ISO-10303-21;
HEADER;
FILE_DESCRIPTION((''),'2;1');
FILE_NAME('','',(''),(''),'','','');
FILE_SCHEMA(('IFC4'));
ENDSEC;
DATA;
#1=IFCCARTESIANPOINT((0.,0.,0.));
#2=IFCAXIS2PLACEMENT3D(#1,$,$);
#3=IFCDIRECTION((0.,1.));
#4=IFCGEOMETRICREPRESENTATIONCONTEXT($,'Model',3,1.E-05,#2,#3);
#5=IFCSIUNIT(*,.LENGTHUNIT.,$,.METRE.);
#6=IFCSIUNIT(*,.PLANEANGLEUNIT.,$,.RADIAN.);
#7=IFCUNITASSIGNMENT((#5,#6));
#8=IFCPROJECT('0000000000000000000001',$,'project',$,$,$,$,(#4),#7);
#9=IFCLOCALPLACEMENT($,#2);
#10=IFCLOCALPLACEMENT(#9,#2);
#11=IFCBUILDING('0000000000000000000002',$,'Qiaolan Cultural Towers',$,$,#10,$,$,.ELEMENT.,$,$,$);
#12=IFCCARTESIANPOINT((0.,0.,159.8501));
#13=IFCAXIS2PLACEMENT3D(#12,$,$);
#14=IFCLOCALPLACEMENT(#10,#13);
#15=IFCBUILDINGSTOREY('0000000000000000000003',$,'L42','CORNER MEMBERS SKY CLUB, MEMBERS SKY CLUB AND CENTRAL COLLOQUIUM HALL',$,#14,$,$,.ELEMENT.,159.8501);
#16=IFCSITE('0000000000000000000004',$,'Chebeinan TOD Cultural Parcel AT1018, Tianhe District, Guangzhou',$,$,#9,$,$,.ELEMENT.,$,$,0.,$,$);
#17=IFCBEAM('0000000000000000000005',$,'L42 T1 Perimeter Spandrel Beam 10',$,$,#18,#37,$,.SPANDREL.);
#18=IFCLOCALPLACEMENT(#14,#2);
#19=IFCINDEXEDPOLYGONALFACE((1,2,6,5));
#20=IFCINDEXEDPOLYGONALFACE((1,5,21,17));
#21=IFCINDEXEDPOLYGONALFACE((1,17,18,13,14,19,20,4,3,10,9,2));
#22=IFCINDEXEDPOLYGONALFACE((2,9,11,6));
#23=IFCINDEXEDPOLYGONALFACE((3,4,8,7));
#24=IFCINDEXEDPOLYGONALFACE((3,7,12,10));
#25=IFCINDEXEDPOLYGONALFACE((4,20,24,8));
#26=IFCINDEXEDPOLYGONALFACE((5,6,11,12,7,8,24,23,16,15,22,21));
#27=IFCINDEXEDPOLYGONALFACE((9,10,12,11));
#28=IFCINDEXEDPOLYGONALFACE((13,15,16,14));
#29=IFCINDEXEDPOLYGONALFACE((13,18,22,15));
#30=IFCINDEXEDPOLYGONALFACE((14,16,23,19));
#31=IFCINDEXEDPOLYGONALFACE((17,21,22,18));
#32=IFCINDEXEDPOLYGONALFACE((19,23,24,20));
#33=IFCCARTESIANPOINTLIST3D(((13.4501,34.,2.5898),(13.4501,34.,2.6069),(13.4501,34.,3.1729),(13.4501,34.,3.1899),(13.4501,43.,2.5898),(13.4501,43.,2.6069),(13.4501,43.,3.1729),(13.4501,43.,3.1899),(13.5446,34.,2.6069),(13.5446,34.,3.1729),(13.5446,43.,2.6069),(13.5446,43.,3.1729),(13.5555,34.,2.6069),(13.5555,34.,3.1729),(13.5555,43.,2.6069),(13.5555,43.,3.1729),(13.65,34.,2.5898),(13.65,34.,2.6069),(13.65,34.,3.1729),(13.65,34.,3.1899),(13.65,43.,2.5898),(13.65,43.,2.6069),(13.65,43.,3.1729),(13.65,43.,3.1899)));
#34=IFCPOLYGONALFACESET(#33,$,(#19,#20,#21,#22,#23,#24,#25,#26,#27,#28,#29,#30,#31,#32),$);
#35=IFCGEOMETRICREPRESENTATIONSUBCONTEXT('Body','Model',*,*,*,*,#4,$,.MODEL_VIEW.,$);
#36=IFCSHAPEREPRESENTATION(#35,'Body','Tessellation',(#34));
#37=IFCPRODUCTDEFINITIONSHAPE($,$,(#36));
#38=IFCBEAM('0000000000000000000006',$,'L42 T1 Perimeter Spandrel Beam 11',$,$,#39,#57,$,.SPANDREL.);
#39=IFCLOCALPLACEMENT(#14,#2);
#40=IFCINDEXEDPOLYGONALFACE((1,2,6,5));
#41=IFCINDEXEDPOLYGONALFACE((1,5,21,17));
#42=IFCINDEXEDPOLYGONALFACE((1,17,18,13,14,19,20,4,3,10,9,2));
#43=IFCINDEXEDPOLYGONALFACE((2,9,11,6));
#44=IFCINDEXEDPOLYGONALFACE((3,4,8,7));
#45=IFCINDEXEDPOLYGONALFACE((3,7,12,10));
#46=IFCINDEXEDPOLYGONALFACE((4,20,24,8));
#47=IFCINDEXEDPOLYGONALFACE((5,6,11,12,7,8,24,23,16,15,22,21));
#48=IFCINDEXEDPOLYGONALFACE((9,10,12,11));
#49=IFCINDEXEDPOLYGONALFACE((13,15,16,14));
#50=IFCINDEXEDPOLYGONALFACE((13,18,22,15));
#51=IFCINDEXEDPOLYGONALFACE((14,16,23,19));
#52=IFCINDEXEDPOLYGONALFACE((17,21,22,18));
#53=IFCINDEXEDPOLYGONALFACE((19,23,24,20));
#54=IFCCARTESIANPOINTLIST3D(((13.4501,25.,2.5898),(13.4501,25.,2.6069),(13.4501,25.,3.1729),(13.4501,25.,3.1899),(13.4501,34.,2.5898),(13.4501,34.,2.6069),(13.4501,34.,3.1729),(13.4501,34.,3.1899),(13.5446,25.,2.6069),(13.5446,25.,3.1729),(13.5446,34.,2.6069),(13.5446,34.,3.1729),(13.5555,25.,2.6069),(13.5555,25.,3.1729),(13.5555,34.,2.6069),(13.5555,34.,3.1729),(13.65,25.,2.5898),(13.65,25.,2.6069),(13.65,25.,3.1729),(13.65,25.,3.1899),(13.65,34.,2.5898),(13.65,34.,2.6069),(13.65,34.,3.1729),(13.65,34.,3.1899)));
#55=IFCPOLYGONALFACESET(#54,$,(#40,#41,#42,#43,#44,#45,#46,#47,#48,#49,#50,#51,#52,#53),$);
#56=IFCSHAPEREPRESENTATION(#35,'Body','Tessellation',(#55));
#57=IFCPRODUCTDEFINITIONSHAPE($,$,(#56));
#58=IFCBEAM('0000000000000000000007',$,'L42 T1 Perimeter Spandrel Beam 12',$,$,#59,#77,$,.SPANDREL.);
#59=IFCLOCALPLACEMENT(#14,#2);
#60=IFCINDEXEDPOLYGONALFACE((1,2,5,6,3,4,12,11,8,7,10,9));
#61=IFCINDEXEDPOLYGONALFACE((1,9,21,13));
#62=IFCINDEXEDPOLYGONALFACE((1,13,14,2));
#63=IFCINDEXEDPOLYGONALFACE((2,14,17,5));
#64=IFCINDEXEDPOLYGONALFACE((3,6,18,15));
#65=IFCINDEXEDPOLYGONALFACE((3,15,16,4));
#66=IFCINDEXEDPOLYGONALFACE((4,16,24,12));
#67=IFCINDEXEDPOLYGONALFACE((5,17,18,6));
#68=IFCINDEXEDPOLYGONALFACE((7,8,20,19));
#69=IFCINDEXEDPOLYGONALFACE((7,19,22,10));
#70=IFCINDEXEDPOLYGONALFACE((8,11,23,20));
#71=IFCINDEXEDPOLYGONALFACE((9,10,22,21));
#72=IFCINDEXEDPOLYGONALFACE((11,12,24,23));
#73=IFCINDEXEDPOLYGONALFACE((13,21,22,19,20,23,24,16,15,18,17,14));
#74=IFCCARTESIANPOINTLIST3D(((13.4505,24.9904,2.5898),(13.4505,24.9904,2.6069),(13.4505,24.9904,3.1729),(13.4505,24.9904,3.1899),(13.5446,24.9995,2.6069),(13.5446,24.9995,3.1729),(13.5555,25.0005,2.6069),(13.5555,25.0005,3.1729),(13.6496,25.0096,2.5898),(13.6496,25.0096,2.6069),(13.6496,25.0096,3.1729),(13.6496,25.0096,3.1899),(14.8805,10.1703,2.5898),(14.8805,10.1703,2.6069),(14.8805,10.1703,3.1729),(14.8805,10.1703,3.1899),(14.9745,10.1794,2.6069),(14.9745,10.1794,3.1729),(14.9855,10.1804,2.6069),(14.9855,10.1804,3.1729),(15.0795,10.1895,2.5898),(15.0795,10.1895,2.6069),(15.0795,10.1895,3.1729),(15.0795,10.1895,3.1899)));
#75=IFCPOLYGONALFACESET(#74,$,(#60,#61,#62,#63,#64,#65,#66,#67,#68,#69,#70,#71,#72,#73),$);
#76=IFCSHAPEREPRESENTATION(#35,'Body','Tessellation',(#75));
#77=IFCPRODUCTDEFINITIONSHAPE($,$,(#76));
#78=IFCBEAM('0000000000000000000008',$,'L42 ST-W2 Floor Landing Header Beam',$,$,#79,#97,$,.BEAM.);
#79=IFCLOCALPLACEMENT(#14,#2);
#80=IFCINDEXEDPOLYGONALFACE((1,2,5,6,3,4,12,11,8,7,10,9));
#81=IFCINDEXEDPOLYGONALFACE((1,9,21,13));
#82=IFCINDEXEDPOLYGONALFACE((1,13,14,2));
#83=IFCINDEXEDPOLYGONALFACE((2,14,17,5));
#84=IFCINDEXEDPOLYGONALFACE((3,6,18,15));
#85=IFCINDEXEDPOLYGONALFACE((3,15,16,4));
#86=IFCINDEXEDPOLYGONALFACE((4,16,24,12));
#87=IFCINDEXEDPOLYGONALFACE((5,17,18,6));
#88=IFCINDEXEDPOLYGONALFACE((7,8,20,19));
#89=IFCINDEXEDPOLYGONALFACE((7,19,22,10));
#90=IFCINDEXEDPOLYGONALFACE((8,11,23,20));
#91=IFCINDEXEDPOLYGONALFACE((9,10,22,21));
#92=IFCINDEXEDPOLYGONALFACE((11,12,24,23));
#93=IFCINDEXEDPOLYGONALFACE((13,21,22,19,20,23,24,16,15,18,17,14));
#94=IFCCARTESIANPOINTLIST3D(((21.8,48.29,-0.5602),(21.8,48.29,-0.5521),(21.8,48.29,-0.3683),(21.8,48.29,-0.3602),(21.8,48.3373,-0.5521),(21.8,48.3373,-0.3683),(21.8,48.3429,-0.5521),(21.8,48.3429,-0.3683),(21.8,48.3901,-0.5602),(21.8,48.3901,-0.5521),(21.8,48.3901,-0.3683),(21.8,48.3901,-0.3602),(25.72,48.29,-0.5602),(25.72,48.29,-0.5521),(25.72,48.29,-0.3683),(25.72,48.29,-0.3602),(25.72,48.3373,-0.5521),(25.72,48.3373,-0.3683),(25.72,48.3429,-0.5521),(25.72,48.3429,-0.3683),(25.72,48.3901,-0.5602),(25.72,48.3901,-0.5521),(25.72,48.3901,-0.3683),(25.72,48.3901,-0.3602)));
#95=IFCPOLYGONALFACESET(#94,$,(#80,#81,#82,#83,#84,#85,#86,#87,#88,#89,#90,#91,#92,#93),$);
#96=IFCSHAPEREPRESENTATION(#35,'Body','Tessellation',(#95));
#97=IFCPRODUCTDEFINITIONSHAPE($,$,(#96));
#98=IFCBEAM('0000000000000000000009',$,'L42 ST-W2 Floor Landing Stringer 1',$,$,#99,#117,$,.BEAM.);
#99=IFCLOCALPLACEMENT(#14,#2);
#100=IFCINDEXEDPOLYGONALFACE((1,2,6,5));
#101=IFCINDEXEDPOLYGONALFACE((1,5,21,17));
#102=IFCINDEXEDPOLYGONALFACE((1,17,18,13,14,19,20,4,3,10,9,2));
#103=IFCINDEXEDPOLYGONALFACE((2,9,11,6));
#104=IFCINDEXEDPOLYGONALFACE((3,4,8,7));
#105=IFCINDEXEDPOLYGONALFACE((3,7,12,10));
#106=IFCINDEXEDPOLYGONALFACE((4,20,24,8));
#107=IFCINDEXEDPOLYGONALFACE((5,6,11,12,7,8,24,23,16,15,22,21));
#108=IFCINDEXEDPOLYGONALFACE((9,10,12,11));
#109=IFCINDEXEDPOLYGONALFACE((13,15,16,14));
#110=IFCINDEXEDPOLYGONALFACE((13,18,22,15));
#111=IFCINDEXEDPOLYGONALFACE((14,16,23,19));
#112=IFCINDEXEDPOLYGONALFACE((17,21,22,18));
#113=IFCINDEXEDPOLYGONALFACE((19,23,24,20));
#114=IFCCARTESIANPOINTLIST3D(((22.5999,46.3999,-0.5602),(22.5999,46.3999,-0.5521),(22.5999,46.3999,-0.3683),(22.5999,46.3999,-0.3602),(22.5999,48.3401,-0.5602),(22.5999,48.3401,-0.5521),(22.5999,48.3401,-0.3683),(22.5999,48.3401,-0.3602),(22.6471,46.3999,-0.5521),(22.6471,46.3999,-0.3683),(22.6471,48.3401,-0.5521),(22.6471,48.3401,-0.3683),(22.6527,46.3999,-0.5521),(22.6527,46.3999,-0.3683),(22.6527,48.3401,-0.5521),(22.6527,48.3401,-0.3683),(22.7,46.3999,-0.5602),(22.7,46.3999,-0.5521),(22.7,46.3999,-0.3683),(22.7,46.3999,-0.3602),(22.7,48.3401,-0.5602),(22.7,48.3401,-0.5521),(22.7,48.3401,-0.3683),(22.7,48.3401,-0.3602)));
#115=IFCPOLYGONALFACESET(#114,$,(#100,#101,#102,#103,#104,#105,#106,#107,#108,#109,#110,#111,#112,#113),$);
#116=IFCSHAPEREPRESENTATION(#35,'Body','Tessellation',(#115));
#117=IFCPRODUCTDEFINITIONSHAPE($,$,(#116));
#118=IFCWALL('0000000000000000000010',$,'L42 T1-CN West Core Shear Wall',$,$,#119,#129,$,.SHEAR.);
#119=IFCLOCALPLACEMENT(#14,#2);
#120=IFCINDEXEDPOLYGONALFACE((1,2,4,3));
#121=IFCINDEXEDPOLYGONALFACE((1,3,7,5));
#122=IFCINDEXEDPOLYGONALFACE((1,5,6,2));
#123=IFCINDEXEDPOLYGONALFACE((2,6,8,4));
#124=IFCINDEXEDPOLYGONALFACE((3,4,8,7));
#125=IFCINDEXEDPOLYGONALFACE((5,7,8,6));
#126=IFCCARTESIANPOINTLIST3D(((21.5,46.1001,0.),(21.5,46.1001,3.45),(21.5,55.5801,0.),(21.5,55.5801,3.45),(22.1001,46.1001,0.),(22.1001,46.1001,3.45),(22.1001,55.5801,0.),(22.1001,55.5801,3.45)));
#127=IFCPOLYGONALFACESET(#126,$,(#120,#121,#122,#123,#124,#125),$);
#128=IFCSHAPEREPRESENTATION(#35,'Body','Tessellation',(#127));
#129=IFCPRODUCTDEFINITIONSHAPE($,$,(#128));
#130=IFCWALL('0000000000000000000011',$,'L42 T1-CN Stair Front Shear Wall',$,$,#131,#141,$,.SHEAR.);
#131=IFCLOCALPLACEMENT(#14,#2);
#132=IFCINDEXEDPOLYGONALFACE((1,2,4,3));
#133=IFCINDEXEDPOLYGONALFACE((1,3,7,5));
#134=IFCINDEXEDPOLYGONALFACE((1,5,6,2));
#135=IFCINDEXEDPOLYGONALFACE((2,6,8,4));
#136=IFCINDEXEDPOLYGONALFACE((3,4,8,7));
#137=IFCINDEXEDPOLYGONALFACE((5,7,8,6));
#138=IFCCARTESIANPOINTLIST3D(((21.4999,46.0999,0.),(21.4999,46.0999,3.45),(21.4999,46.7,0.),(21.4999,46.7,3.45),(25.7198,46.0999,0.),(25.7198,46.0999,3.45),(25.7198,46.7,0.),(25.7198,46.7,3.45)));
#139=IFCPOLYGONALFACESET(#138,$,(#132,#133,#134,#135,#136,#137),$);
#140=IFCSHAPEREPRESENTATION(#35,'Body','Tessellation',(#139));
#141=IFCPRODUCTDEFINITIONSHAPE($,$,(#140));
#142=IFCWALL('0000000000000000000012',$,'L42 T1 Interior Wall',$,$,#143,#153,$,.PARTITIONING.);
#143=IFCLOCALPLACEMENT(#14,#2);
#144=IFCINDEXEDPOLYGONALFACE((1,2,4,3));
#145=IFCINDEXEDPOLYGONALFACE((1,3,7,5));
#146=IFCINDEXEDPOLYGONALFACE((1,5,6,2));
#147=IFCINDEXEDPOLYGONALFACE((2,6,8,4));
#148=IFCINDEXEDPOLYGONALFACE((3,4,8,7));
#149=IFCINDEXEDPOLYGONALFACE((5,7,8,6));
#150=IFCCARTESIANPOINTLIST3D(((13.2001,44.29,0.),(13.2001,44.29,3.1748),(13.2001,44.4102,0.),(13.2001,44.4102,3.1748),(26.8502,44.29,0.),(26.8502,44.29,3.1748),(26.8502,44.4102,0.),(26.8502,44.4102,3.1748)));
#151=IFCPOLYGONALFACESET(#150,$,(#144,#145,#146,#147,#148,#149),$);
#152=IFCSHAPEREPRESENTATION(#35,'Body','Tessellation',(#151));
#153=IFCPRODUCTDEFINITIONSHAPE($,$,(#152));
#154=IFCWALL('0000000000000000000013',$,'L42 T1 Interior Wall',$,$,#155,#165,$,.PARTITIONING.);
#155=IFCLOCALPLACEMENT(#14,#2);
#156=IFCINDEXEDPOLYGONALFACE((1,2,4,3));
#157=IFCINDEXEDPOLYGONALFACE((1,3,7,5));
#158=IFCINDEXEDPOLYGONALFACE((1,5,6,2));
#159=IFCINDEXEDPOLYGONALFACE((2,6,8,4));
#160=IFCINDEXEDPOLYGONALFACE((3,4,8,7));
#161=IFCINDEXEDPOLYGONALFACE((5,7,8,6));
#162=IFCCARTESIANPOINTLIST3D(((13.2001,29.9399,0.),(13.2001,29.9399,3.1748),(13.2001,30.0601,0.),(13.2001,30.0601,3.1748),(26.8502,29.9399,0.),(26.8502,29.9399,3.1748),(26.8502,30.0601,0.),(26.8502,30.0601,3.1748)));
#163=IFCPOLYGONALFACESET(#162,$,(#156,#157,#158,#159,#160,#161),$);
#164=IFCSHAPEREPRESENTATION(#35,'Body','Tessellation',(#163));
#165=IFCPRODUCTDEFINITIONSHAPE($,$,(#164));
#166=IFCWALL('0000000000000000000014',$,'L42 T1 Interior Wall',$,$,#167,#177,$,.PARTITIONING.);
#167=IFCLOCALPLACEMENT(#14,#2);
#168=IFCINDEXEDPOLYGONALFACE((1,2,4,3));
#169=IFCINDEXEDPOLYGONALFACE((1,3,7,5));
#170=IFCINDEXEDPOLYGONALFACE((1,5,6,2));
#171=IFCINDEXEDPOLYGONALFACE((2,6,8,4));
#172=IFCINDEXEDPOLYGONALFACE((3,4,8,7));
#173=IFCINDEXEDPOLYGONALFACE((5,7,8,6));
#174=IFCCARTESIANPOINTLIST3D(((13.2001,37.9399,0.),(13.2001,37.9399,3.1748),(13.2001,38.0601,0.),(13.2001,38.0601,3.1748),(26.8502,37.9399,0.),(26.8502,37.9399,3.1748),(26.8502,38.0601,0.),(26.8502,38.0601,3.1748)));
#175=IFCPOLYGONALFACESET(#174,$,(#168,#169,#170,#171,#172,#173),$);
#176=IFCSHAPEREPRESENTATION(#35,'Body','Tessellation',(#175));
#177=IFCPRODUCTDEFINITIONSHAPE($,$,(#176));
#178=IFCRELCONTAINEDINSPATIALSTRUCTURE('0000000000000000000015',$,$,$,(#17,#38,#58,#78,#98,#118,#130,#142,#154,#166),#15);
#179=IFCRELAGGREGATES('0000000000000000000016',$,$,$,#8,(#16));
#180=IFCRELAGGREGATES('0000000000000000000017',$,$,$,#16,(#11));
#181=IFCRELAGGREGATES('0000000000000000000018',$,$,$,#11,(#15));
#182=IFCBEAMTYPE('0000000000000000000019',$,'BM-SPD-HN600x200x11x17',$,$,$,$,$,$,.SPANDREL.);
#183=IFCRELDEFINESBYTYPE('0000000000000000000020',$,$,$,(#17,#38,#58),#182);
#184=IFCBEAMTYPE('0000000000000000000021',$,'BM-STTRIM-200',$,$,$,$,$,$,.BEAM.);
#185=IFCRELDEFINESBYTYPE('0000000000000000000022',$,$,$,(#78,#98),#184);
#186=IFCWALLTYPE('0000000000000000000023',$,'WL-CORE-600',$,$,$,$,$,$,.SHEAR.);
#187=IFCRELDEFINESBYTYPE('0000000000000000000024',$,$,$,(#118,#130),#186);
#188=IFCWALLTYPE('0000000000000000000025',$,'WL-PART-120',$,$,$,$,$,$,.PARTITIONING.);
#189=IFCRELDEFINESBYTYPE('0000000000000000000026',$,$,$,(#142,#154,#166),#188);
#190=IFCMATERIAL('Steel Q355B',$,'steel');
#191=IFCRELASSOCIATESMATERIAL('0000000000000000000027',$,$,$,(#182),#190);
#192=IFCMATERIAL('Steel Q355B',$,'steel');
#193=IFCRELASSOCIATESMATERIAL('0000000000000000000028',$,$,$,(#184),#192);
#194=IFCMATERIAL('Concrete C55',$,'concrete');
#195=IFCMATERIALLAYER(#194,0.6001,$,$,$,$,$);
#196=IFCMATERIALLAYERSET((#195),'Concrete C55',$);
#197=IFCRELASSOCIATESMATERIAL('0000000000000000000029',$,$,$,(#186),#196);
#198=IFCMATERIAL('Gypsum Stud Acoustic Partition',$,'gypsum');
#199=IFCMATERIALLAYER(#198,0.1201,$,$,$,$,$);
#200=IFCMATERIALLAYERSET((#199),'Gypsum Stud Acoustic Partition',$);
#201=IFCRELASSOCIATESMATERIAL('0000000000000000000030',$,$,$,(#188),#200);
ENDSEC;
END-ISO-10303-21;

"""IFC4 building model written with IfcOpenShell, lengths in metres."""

from ifc_helpers import new_model, si_unit, direction, frame, frame_2d, origin, origin_2d, place, context, subcontext, project, spatial, rectangle, i_section, extrude, material, layer, layer_set, material_profile, profile_set, type_object, element, save


model = new_model("IFC4")

# Units and contexts
model_context = context("Model", 3, precision=1e-05, world=origin(), true_north=direction((0.0, 1.0)))
body_context = subcontext(model_context, "Body", "Model", "MODEL_VIEW")
ifc_project = project(units=[si_unit("LENGTHUNIT", "METRE"), si_unit("PLANEANGLEUNIT", "RADIAN")], contexts=[model_context])

# Site, building, storey
site_placement = place(None, origin())
site = spatial("IfcSite", under=ifc_project, at=site_placement, Name="Chebeinan TOD Cultural Parcel AT1018, Tianhe District, Guangzhou", CompositionType="ELEMENT", RefElevation=0.0)
building_placement = place(site_placement, origin())
building = spatial("IfcBuilding", under=site, at=building_placement, Name="Qiaolan Cultural Towers", CompositionType="ELEMENT")
storey_placement = place(building_placement, frame((0.0, 0.0, 159.8501)))
storey = spatial("IfcBuildingStorey", under=building, at=storey_placement, Name="L42", Description="CORNER MEMBERS SKY CLUB, MEMBERS SKY CLUB AND CENTRAL COLLOQUIUM HALL", CompositionType="ELEMENT", Elevation=159.8501)

# Beams
ifc_material_1 = material(Name="Steel Q355B", Category="steel")
ifc_material_profile_1 = material_profile(ifc_material_1, i_section(OverallWidth=0.2, OverallDepth=0.6001, WebThickness=0.011, FlangeThickness=0.0171, at=origin_2d()), Name="HN600x200x11x17")
ifc_profile_set_1 = profile_set([ifc_material_profile_1], Name="Steel Q355B")
beam_type_1 = type_object("IfcBeamType", Name="BM-SPD-HN600x200x11x17", PredefinedType="SPANDREL", material=ifc_profile_set_1)
for number, where, z_axis, x_axis, name in (
    (1, (13.55, 43.0, 2.8899), (0.0, -1.0, 0.0), (1.0, 0.0, 0.0), "L42 T1 Perimeter Spandrel Beam 10"),
    (2, (13.55, 34.0, 2.8899), (0.0, -1.0, 0.0), (1.0, 0.0, 0.0), "L42 T1 Perimeter Spandrel Beam 11"),
):
    element("IfcBeam", number, at=place(storey_placement, frame(where, z_axis=z_axis, x_axis=x_axis)), inside=storey, type_object=beam_type_1, Name=name, PredefinedType="SPANDREL", context=body_context, shape_type="SweptSolid", body=[
        extrude(i_section(OverallWidth=0.2, OverallDepth=0.6001, WebThickness=0.011, FlangeThickness=0.0171, at=origin_2d()), origin(), (0.0, 0.0, 1.0), 9.0),
    ])
beam_1_placement = place(storey_placement, frame((13.55, 25.0, 2.8899), z_axis=(0.09604, -0.995377, 0.0), x_axis=(0.995377, 0.09604, 0.0)))
element("IfcBeam", 3, at=beam_1_placement, inside=storey, type_object=beam_type_1, Name="L42 T1 Perimeter Spandrel Beam 12", PredefinedType="SPANDREL", context=body_context, shape_type="SweptSolid", body=[
    extrude(i_section(OverallWidth=0.2, OverallDepth=0.6001, WebThickness=0.011, FlangeThickness=0.0171, at=origin_2d()), origin(), (0.0, 0.0, 1.0), 14.8889),
])
ifc_material_2 = material(Name="Steel Q355B", Category="steel")
ifc_material_profile_2 = material_profile(ifc_material_2, i_section(OverallWidth=0.1001, OverallDepth=0.2, WebThickness=0.0056, FlangeThickness=0.0081, at=origin_2d()), Name="HN200x100x5.5x8")
ifc_profile_set_2 = profile_set([ifc_material_profile_2], Name="Steel Q355B")
beam_type_2 = type_object("IfcBeamType", Name="BM-STTRIM-200", PredefinedType="BEAM", material=ifc_profile_set_2)
beam_2_placement = place(storey_placement, frame((21.8, 48.3401, -0.4602), z_axis=(1.0, 0.0, 0.0), x_axis=(0.0, 1.0, 0.0)))
element("IfcBeam", 4, at=beam_2_placement, inside=storey, type_object=beam_type_2, Name="L42 ST-W2 Floor Landing Header Beam", PredefinedType="BEAM", context=body_context, shape_type="SweptSolid", body=[
    extrude(i_section(OverallWidth=0.1001, OverallDepth=0.2, WebThickness=0.0056, FlangeThickness=0.0081, at=origin_2d()), origin(), (0.0, 0.0, 1.0), 3.9199),
])
beam_3_placement = place(storey_placement, frame((22.6499, 46.3999, -0.4602), z_axis=(0.0, 1.0, 0.0), x_axis=(-1.0, 0.0, 0.0)))
element("IfcBeam", 5, at=beam_3_placement, inside=storey, type_object=beam_type_2, Name="L42 ST-W2 Floor Landing Stringer 1", PredefinedType="BEAM", context=body_context, shape_type="SweptSolid", body=[
    extrude(i_section(OverallWidth=0.1001, OverallDepth=0.2, WebThickness=0.0056, FlangeThickness=0.0081, at=origin_2d()), origin(), (0.0, 0.0, 1.0), 1.9402),
])

# Walls
ifc_material_3 = material(Name="Concrete C55", Category="concrete")
ifc_layer_1 = layer(ifc_material_3, 0.6001)
ifc_layer_set_1 = layer_set([ifc_layer_1], Name="Concrete C55")
wall_type_1 = type_object("IfcWallType", Name="WL-CORE-600", PredefinedType="SHEAR", material=ifc_layer_set_1)
wall_1_placement = place(storey_placement, frame((21.8, 46.1001, 0.0), z_axis=(0.0, 0.0, 1.0), x_axis=(0.0, 1.0, 0.0)))
element("IfcWall", 6, at=wall_1_placement, inside=storey, type_object=wall_type_1, Name="L42 T1-CN West Core Shear Wall", PredefinedType="SHEAR", context=body_context, shape_type="SweptSolid", body=[
    extrude(rectangle(XDim=9.48, YDim=0.6001, at=frame_2d((4.74, 0.0))), origin(), (0.0, 0.0, 1.0), 3.45),
])
wall_2_placement = place(storey_placement, frame((21.5, 46.3999, 0.0), z_axis=(0.0, 0.0, 1.0), x_axis=(1.0, 0.0, 0.0)))
element("IfcWall", 7, at=wall_2_placement, inside=storey, type_object=wall_type_1, Name="L42 T1-CN Stair Front Shear Wall", PredefinedType="SHEAR", context=body_context, shape_type="SweptSolid", body=[
    extrude(rectangle(XDim=4.22, YDim=0.6001, at=frame_2d((2.1099, 0.0))), origin(), (0.0, 0.0, 1.0), 3.45),
])
ifc_material_4 = material(Name="Gypsum Stud Acoustic Partition", Category="gypsum")
ifc_layer_2 = layer(ifc_material_4, 0.1201)
ifc_layer_set_2 = layer_set([ifc_layer_2], Name="Gypsum Stud Acoustic Partition")
wall_type_2 = type_object("IfcWallType", Name="WL-PART-120", PredefinedType="PARTITIONING", material=ifc_layer_set_2)
for number, where, z_axis, x_axis, name in (
    (8, (13.2, 44.3501, 0.0), (0.0, 0.0, 1.0), (1.0, 0.0, 0.0), "L42 T1 Interior Wall"),
    (9, (13.2, 30.0, 0.0), (0.0, 0.0, 1.0), (1.0, 0.0, 0.0), "L42 T1 Interior Wall"),
    (10, (13.2, 38.0, 0.0), (0.0, 0.0, 1.0), (1.0, 0.0, 0.0), "L42 T1 Interior Wall"),
):
    element("IfcWall", number, at=place(storey_placement, frame(where, z_axis=z_axis, x_axis=x_axis)), inside=storey, type_object=wall_type_2, Name=name, PredefinedType="PARTITIONING", context=body_context, shape_type="SweptSolid", body=[
        extrude(rectangle(XDim=13.6501, YDim=0.1201, at=frame_2d((6.8252, 0.0))), origin(), (0.0, 0.0, 1.0), 3.1748),
    ])

save(model, "model.ifc")
